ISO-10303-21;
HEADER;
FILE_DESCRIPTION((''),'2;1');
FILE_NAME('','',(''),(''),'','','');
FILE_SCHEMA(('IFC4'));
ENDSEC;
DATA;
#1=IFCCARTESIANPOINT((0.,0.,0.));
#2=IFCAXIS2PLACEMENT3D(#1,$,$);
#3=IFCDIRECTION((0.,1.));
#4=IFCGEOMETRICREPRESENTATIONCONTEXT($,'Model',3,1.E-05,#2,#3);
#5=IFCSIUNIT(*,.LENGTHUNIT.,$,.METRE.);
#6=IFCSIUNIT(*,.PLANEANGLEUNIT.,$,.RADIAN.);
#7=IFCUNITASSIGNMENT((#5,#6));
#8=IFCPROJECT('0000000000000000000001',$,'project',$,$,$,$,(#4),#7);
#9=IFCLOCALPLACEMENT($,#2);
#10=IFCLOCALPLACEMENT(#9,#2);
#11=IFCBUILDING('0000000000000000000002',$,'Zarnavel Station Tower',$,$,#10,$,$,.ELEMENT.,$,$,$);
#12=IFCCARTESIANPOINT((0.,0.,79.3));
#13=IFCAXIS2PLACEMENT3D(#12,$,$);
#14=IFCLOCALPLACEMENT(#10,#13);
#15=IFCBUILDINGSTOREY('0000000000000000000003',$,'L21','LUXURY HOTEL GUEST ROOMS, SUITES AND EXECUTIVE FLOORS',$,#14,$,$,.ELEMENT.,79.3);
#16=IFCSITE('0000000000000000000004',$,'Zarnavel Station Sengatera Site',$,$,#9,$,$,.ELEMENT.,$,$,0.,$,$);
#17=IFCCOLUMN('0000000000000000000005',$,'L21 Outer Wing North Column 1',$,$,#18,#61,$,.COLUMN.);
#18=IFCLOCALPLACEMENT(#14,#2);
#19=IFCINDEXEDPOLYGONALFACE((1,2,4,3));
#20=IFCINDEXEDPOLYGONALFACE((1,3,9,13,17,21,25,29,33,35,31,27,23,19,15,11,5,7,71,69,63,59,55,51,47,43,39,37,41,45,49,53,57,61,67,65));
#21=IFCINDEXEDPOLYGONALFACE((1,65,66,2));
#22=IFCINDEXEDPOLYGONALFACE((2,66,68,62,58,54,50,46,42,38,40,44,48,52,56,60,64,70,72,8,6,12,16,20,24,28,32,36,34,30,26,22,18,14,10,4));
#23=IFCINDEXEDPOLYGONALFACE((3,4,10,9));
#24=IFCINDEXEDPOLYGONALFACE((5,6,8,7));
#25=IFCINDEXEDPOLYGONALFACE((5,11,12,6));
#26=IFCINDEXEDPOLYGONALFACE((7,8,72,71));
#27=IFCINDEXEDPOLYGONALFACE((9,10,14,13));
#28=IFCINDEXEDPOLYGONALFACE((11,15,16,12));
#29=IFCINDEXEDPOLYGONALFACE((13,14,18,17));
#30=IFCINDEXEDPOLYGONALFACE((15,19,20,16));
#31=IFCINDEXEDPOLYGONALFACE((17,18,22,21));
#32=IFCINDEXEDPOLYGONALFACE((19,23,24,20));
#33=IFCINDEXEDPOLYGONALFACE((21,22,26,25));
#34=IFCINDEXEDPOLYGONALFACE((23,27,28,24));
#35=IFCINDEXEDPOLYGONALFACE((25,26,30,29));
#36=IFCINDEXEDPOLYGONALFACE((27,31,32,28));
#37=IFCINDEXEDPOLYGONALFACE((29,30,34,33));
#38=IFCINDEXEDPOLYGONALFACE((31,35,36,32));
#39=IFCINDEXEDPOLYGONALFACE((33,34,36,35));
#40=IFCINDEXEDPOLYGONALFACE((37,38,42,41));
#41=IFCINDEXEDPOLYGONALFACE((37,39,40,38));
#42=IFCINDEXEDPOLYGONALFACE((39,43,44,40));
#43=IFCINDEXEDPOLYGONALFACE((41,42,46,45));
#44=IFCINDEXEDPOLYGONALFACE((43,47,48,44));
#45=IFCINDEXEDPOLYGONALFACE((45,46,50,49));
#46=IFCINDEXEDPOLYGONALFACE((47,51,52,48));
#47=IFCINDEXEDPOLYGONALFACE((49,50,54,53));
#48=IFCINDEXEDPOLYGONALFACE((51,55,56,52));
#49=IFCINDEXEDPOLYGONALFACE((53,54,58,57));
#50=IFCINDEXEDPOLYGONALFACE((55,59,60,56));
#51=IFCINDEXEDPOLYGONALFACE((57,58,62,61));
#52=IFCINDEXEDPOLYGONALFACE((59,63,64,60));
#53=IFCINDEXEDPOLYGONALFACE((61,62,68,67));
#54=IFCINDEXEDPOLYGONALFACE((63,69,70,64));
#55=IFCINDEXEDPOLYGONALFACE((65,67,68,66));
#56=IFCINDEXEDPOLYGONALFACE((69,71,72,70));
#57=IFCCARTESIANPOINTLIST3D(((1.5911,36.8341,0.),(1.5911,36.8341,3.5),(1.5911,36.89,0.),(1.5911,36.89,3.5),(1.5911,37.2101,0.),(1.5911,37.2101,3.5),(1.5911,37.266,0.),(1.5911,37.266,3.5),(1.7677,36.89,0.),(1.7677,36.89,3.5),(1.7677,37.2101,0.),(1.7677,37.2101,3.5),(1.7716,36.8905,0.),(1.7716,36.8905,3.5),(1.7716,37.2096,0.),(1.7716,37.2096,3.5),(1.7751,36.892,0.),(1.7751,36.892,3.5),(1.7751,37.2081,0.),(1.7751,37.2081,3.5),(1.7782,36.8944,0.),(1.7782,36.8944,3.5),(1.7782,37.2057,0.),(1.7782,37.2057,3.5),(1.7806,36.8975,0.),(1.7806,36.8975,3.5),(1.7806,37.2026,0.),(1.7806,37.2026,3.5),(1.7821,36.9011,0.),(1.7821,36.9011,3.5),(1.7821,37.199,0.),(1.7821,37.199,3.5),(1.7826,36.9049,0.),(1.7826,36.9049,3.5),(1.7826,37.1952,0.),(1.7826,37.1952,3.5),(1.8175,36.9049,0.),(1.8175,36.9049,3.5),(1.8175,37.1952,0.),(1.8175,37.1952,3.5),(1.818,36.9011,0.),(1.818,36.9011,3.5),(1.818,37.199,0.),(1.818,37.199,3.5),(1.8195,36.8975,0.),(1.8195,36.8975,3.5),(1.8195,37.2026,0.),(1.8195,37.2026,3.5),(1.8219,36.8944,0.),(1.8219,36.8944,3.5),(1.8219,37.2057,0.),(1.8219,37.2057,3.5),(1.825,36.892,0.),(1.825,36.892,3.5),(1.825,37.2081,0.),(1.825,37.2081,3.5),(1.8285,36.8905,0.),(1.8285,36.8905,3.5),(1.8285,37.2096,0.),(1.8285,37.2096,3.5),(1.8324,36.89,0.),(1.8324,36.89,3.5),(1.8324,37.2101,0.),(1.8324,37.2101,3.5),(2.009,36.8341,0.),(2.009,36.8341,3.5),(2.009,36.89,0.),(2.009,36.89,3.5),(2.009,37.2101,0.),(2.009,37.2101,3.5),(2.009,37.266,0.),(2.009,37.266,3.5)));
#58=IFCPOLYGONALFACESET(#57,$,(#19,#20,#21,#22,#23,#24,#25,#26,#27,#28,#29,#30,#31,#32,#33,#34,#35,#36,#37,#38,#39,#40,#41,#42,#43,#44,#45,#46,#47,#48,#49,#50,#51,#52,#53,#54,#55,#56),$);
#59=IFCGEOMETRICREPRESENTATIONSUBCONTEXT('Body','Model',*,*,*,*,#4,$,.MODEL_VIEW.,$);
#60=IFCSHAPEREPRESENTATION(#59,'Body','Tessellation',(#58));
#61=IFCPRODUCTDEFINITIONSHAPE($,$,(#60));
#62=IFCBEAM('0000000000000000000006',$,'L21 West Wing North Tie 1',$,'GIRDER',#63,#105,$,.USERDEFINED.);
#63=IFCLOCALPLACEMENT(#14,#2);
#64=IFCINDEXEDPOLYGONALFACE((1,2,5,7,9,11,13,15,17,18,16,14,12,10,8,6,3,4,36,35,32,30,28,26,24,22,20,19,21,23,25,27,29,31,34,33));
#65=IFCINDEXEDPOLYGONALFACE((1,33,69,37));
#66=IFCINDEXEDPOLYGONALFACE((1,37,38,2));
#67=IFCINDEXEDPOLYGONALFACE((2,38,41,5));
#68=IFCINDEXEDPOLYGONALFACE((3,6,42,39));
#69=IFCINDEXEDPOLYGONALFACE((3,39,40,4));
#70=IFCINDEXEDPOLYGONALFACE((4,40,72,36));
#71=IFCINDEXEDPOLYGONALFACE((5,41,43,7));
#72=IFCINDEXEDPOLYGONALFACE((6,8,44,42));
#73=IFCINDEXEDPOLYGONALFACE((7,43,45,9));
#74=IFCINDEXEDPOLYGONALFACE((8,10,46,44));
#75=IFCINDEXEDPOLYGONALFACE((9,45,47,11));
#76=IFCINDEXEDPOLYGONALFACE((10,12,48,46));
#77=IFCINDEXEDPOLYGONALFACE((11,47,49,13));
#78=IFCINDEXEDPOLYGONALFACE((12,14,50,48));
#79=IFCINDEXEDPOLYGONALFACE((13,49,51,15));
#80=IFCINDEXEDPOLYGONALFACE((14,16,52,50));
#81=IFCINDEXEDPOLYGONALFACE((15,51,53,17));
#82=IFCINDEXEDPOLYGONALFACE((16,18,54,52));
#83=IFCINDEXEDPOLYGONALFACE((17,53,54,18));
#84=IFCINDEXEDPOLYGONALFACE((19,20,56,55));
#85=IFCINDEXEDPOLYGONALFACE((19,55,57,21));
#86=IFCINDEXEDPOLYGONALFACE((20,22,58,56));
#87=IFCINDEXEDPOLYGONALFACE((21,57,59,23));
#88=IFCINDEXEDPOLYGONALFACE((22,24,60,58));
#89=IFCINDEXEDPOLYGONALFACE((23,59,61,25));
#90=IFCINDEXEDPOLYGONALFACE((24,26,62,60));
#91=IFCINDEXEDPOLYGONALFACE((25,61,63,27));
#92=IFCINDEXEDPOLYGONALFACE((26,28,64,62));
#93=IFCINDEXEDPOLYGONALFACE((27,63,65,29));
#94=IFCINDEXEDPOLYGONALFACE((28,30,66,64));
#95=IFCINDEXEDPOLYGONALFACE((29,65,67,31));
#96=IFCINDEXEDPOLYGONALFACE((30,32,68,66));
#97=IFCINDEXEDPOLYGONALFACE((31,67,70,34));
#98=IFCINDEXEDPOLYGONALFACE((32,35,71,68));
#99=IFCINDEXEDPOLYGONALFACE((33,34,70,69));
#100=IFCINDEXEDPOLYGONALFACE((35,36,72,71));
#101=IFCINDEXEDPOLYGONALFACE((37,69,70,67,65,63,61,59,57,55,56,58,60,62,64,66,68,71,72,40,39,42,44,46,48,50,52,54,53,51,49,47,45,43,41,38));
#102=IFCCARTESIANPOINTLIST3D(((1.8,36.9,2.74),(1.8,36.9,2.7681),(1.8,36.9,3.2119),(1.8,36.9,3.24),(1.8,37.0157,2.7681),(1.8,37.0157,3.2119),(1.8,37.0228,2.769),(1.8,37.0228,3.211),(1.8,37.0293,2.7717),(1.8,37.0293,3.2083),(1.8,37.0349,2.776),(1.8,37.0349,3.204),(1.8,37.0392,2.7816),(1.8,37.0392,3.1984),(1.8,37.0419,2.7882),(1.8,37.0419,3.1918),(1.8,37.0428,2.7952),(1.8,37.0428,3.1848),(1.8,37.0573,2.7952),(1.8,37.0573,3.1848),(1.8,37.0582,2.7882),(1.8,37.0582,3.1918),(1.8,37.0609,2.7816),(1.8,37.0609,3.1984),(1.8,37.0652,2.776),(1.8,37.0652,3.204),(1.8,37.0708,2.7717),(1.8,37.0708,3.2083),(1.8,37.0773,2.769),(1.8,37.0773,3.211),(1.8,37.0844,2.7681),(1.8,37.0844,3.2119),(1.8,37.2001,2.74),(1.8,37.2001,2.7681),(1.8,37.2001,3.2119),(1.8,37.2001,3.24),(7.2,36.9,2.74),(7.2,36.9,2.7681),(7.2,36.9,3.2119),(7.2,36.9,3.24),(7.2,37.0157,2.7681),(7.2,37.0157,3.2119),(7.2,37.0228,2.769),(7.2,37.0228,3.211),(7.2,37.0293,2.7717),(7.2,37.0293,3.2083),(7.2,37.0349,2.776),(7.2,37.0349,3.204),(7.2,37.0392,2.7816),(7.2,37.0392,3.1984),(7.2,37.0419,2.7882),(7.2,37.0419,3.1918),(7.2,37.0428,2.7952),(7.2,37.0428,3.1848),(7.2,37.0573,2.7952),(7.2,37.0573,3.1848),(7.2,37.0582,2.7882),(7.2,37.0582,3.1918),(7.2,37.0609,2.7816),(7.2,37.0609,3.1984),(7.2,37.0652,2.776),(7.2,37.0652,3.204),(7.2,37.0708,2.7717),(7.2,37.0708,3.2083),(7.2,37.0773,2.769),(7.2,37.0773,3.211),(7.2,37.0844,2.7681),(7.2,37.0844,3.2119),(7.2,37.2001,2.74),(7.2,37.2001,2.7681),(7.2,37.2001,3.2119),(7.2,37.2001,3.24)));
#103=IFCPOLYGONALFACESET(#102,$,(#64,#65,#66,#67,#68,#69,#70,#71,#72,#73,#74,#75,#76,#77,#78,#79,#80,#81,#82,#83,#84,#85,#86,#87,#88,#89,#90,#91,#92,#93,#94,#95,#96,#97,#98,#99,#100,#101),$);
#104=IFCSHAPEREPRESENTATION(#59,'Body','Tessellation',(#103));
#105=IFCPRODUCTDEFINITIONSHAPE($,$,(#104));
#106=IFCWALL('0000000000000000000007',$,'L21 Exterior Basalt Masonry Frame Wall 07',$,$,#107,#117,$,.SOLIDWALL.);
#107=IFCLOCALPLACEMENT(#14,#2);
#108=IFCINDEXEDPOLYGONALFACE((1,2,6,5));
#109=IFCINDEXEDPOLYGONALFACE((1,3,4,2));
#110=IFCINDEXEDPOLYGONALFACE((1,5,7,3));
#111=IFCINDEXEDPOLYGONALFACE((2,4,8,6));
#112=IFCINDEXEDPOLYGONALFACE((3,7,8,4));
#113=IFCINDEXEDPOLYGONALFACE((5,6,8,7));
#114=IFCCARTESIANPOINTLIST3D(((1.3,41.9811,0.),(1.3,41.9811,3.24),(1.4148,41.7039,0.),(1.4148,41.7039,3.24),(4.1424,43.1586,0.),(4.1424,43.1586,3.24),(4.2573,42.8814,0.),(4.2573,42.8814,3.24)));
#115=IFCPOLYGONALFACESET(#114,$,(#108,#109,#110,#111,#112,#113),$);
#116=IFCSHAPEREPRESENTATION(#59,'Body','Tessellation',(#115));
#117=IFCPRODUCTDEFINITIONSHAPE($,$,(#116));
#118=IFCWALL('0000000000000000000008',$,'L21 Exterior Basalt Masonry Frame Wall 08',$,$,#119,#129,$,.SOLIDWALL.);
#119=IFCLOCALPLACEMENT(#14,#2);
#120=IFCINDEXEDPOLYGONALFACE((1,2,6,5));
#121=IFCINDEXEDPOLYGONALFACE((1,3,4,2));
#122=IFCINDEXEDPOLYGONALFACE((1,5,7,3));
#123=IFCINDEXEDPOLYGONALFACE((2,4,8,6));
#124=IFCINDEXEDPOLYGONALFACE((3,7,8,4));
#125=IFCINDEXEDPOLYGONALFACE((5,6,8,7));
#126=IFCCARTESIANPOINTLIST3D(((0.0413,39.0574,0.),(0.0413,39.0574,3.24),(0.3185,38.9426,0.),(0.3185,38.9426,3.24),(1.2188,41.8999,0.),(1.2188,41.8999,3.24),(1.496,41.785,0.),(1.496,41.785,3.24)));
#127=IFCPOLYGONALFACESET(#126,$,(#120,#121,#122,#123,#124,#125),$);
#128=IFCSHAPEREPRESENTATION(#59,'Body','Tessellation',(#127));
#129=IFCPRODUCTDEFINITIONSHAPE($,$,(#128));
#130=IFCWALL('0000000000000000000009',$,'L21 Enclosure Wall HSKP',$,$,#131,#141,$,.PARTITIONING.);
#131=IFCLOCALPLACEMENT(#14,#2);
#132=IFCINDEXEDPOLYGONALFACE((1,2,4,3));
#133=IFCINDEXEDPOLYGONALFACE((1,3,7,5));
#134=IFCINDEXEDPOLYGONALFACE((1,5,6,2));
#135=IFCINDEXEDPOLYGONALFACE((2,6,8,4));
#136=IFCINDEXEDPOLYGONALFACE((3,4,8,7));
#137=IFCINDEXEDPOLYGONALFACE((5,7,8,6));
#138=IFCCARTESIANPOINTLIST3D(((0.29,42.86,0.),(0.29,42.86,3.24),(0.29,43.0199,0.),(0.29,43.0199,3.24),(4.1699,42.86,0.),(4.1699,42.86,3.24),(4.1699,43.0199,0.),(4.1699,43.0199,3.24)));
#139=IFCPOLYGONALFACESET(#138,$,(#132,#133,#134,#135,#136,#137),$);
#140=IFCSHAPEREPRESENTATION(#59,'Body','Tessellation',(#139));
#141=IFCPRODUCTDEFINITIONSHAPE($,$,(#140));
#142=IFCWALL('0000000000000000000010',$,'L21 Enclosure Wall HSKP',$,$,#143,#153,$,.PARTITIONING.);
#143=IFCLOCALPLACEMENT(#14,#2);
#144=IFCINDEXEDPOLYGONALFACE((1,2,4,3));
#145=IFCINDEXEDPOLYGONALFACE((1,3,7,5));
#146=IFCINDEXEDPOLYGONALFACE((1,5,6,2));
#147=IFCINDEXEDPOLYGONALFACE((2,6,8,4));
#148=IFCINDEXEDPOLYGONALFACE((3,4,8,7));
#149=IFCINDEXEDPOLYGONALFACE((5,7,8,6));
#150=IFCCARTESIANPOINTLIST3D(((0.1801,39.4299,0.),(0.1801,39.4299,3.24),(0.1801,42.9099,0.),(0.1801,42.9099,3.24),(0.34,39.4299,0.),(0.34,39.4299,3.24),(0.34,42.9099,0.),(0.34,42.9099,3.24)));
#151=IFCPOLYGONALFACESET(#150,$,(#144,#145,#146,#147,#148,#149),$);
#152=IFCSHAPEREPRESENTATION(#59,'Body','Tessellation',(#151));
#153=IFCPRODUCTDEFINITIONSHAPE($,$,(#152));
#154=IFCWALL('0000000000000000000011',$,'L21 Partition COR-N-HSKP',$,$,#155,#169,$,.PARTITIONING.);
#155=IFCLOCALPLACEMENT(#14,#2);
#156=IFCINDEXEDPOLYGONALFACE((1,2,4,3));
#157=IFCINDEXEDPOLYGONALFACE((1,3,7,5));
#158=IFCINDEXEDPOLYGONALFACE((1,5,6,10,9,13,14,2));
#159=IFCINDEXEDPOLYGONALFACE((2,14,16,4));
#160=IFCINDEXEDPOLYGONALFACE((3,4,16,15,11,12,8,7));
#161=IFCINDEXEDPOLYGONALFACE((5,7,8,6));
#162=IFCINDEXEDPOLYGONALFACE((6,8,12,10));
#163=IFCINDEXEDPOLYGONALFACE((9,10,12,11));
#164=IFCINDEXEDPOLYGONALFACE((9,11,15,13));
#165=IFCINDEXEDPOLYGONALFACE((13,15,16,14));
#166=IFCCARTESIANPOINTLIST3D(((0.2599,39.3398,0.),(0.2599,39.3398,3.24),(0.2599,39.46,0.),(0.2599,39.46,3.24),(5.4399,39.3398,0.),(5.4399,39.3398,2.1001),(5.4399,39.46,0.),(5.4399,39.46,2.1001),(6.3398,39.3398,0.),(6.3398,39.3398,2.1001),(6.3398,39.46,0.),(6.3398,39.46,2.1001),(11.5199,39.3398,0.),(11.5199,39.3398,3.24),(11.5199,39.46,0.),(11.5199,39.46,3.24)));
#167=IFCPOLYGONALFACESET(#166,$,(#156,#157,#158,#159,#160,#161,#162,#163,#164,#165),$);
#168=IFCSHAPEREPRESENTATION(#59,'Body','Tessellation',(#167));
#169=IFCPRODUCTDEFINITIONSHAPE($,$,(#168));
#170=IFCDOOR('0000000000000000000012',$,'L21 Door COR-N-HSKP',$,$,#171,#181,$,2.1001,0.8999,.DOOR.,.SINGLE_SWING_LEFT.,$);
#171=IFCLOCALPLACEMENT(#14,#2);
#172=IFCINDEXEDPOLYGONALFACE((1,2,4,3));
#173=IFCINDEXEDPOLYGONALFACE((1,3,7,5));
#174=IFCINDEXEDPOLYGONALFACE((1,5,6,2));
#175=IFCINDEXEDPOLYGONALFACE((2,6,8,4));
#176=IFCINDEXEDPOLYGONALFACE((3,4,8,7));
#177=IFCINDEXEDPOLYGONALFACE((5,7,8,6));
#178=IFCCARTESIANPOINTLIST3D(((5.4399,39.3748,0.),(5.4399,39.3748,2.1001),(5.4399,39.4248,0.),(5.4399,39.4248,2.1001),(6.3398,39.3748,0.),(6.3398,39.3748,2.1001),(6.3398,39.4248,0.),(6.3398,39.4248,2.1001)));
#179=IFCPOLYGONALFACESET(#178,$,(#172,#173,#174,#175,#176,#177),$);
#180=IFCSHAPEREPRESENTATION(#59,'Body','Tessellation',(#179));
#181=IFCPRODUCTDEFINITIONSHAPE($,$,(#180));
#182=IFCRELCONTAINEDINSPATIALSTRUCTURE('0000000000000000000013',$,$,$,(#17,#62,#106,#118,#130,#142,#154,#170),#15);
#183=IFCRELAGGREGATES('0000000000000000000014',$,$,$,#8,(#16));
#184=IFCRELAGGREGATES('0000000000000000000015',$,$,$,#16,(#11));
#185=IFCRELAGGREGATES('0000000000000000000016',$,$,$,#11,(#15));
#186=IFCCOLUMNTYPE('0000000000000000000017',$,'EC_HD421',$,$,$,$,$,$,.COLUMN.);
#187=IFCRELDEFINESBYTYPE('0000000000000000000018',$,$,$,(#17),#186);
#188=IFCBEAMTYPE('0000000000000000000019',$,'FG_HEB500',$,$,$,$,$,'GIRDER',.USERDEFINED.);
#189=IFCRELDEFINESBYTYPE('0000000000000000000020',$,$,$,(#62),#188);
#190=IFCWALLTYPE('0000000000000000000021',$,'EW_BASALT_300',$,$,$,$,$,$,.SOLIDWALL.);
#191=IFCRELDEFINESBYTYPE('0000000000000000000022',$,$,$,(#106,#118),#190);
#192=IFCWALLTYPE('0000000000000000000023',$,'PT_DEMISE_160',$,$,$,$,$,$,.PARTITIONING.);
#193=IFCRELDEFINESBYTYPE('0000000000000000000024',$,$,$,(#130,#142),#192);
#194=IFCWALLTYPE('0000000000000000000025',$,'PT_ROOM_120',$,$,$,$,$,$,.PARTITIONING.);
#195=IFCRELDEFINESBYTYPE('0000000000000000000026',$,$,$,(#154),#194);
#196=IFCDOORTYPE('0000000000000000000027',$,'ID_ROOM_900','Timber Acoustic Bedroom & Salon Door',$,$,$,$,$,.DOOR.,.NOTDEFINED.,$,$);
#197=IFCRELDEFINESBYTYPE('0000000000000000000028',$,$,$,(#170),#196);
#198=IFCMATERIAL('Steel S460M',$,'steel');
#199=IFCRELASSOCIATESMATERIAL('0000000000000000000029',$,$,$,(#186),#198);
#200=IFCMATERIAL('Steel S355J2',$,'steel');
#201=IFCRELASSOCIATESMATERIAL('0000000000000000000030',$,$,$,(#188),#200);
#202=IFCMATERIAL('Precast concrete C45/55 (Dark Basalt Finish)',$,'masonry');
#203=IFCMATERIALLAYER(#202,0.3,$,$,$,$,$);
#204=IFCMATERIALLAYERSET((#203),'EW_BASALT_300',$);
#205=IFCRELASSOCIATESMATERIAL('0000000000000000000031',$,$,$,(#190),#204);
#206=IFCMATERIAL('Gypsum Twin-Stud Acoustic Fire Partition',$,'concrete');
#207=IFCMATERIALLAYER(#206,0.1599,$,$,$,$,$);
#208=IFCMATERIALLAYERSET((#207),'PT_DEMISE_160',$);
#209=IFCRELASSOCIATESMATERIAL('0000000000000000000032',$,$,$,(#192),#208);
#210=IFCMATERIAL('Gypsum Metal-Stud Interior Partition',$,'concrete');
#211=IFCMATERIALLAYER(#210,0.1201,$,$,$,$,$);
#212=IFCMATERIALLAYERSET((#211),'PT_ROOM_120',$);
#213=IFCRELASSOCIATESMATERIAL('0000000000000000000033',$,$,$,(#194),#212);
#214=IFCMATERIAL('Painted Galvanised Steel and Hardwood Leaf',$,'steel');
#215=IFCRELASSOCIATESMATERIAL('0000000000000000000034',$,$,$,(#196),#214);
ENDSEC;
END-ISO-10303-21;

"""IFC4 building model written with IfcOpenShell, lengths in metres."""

from ifc_helpers import new_model, si_unit, direction, frame, frame_2d, origin, origin_2d, place, context, subcontext, project, spatial, rectangle, i_section, extrude, material, layer, layer_set, material_profile, profile_set, type_object, element, fill, save


model = new_model("IFC4")

# Units and contexts
model_context = context("Model", 3, precision=1e-05, world=origin(), true_north=direction((0.0, 1.0)))
body_context = subcontext(model_context, "Body", "Model", "MODEL_VIEW")
ifc_project = project(units=[si_unit("LENGTHUNIT", "METRE"), si_unit("PLANEANGLEUNIT", "RADIAN")], contexts=[model_context])

# Site, building, storey
site_placement = place(None, origin())
site = spatial("IfcSite", under=ifc_project, at=site_placement, Name="Zarnavel Station Sengatera Site", CompositionType="ELEMENT", RefElevation=0.0)
building_placement = place(site_placement, origin())
building = spatial("IfcBuilding", under=site, at=building_placement, Name="Zarnavel Station Tower", CompositionType="ELEMENT")
storey_placement = place(building_placement, frame((0.0, 0.0, 79.3)))
storey = spatial("IfcBuildingStorey", under=building, at=storey_placement, Name="L21", Description="LUXURY HOTEL GUEST ROOMS, SUITES AND EXECUTIVE FLOORS", CompositionType="ELEMENT", Elevation=79.3)

# Column
ifc_material_1 = material(Name="Steel S460M", Category="steel")
ifc_material_profile_1 = material_profile(ifc_material_1, i_section(OverallWidth=0.418, OverallDepth=0.4319, WebThickness=0.0349, FlangeThickness=0.0559, FilletRadius=0.0149, at=origin_2d()), Name="HD400x421")
ifc_profile_set_1 = profile_set([ifc_material_profile_1], Name="Steel S460M")
column_type = type_object("IfcColumnType", Name="EC_HD421", PredefinedType="COLUMN", material=ifc_profile_set_1)
column_placement = place(storey_placement, frame((1.8, 37.05, 0.0), z_axis=(0.0, 0.0, 1.0), x_axis=(1.0, 0.0, 0.0)))
element("IfcColumn", 1, at=column_placement, inside=storey, type_object=column_type, Name="L21 Outer Wing North Column 1", PredefinedType="COLUMN", context=body_context, shape_type="SweptSolid", body=[
    extrude(i_section(OverallWidth=0.418, OverallDepth=0.4319, WebThickness=0.0349, FlangeThickness=0.0559, FilletRadius=0.0149, at=origin_2d()), origin(), (0.0, 0.0, 1.0), 3.5),
])

# Beam
ifc_material_2 = material(Name="Steel S355J2", Category="steel")
ifc_material_profile_2 = material_profile(ifc_material_2, i_section(OverallWidth=0.3, OverallDepth=0.5, WebThickness=0.0144, FlangeThickness=0.0281, FilletRadius=0.0271, at=origin_2d()), Name="HEB500")
ifc_profile_set_2 = profile_set([ifc_material_profile_2], Name="Steel S355J2")
beam_type = type_object("IfcBeamType", Name="FG_HEB500", ElementType="GIRDER", PredefinedType="USERDEFINED", material=ifc_profile_set_2)
beam_placement = place(storey_placement, frame((1.8, 37.05, 2.99), z_axis=(1.0, 0.0, 0.0), x_axis=(0.0, 1.0, 0.0)))
element("IfcBeam", 2, at=beam_placement, inside=storey, type_object=beam_type, Name="L21 West Wing North Tie 1", ObjectType="GIRDER", PredefinedType="USERDEFINED", context=body_context, shape_type="SweptSolid", body=[
    extrude(i_section(OverallWidth=0.3, OverallDepth=0.5, WebThickness=0.0144, FlangeThickness=0.0281, FilletRadius=0.0271, at=origin_2d()), origin(), (0.0, 0.0, 1.0), 5.3999),
])

# Walls
ifc_material_3 = material(Name="Precast concrete C45/55 (Dark Basalt Finish)", Category="masonry")
ifc_layer_1 = layer(ifc_material_3, 0.3)
ifc_layer_set_1 = layer_set([ifc_layer_1], Name="EW_BASALT_300")
wall_type_1 = type_object("IfcWallType", Name="EW_BASALT_300", PredefinedType="SOLIDWALL", material=ifc_layer_set_1)
for number, where, z_axis, x_axis, name in (
    (3, (1.3574, 41.8425, 0.0), (0.0, 0.0, 1.0), (0.923871, 0.382705, 0.0), "L21 Exterior Basalt Masonry Frame Wall 07"),
    (4, (0.1799, 39.0, 0.0), (0.0, 0.0, 1.0), (0.382705, 0.923871, 0.0), "L21 Exterior Basalt Masonry Frame Wall 08"),
):
    element("IfcWall", number, at=place(storey_placement, frame(where, z_axis=z_axis, x_axis=x_axis)), inside=storey, type_object=wall_type_1, Name=name, PredefinedType="SOLIDWALL", context=body_context, shape_type="SweptSolid", body=[
        extrude(rectangle(XDim=3.0767, YDim=0.3, at=frame_2d((1.5383, 0.0))), origin(), (0.0, 0.0, 1.0), 3.24),
    ])
ifc_material_4 = material(Name="Gypsum Twin-Stud Acoustic Fire Partition", Category="concrete")
ifc_layer_2 = layer(ifc_material_4, 0.1599)
ifc_layer_set_2 = layer_set([ifc_layer_2], Name="PT_DEMISE_160")
wall_type_2 = type_object("IfcWallType", Name="PT_DEMISE_160", PredefinedType="PARTITIONING", material=ifc_layer_set_2)
wall_1_placement = place(storey_placement, frame((0.29, 42.9399, 0.0), z_axis=(0.0, 0.0, 1.0), x_axis=(1.0, 0.0, 0.0)))
element("IfcWall", 5, at=wall_1_placement, inside=storey, type_object=wall_type_2, Name="L21 Enclosure Wall HSKP", PredefinedType="PARTITIONING", context=body_context, shape_type="SweptSolid", body=[
    extrude(rectangle(XDim=3.8799, YDim=0.1599, at=frame_2d((1.9399, 0.0))), origin(), (0.0, 0.0, 1.0), 3.24),
])
wall_2_placement = place(storey_placement, frame((0.26, 39.4299, 0.0), z_axis=(0.0, 0.0, 1.0), x_axis=(0.0, 1.0, 0.0)))
element("IfcWall", 6, at=wall_2_placement, inside=storey, type_object=wall_type_2, Name="L21 Enclosure Wall HSKP", PredefinedType="PARTITIONING", context=body_context, shape_type="SweptSolid", body=[
    extrude(rectangle(XDim=3.48, YDim=0.1599, at=frame_2d((1.74, 0.0))), origin(), (0.0, 0.0, 1.0), 3.24),
])

# Wall, opening, door
ifc_material_5 = material(Name="Gypsum Metal-Stud Interior Partition", Category="concrete")
ifc_layer_3 = layer(ifc_material_5, 0.1201)
ifc_layer_set_3 = layer_set([ifc_layer_3], Name="PT_ROOM_120")
wall_type_3 = type_object("IfcWallType", Name="PT_ROOM_120", PredefinedType="PARTITIONING", material=ifc_layer_set_3)
wall_3_placement = place(storey_placement, frame((0.26, 39.3999, 0.0), z_axis=(0.0, 0.0, 1.0), x_axis=(1.0, 0.0, 0.0)))
wall_3 = element("IfcWall", 7, at=wall_3_placement, inside=storey, type_object=wall_type_3, Name="L21 Partition COR-N-HSKP", PredefinedType="PARTITIONING", context=body_context, shape_type="SweptSolid", body=[
    extrude(rectangle(XDim=11.26, YDim=0.1201, at=frame_2d((5.6299, 0.0))), origin(), (0.0, 0.0, 1.0), 3.24),
])
opening_1_placement = place(wall_3_placement, frame((5.1799, 0.0, 0.0)))
opening_1 = element("IfcOpeningElement", 8, at=opening_1_placement, cuts=wall_3, PredefinedType="OPENING", context=body_context, shape_type="SweptSolid", body=[
    extrude(rectangle(XDim=0.8999, YDim=2.1001, at=frame_2d((0.45, 1.05))), frame((0.0, 0.0701, 0.0), z_axis=(0.0, -1.0, 0.0), x_axis=(1.0, 0.0, 0.0)), (0.0, 0.0, 1.0), 0.1401),
])
ifc_material_6 = material(Name="Painted Galvanised Steel and Hardwood Leaf", Category="steel")
door_type = type_object("IfcDoorType", Name="ID_ROOM_900", Description="Timber Acoustic Bedroom & Salon Door", OperationType="NOTDEFINED", PredefinedType="DOOR", material=ifc_material_6)
door_1_placement = place(opening_1_placement, origin())
door_1 = element("IfcDoor", 9, at=door_1_placement, inside=storey, type_object=door_type, Name="L21 Door COR-N-HSKP", OperationType="SINGLE_SWING_LEFT", OverallHeight=2.1001, OverallWidth=0.8999, PredefinedType="DOOR", context=body_context, shape_type="SweptSolid", body=[
    extrude(rectangle(XDim=0.8999, YDim=2.1001, at=frame_2d((0.45, 1.05))), frame((0.0, 0.0249, 0.0), z_axis=(0.0, -1.0, 0.0), x_axis=(1.0, 0.0, 0.0)), (0.0, 0.0, 1.0), 0.05),
])
fill(opening_1, door_1)

save(model, "model.ifc")
